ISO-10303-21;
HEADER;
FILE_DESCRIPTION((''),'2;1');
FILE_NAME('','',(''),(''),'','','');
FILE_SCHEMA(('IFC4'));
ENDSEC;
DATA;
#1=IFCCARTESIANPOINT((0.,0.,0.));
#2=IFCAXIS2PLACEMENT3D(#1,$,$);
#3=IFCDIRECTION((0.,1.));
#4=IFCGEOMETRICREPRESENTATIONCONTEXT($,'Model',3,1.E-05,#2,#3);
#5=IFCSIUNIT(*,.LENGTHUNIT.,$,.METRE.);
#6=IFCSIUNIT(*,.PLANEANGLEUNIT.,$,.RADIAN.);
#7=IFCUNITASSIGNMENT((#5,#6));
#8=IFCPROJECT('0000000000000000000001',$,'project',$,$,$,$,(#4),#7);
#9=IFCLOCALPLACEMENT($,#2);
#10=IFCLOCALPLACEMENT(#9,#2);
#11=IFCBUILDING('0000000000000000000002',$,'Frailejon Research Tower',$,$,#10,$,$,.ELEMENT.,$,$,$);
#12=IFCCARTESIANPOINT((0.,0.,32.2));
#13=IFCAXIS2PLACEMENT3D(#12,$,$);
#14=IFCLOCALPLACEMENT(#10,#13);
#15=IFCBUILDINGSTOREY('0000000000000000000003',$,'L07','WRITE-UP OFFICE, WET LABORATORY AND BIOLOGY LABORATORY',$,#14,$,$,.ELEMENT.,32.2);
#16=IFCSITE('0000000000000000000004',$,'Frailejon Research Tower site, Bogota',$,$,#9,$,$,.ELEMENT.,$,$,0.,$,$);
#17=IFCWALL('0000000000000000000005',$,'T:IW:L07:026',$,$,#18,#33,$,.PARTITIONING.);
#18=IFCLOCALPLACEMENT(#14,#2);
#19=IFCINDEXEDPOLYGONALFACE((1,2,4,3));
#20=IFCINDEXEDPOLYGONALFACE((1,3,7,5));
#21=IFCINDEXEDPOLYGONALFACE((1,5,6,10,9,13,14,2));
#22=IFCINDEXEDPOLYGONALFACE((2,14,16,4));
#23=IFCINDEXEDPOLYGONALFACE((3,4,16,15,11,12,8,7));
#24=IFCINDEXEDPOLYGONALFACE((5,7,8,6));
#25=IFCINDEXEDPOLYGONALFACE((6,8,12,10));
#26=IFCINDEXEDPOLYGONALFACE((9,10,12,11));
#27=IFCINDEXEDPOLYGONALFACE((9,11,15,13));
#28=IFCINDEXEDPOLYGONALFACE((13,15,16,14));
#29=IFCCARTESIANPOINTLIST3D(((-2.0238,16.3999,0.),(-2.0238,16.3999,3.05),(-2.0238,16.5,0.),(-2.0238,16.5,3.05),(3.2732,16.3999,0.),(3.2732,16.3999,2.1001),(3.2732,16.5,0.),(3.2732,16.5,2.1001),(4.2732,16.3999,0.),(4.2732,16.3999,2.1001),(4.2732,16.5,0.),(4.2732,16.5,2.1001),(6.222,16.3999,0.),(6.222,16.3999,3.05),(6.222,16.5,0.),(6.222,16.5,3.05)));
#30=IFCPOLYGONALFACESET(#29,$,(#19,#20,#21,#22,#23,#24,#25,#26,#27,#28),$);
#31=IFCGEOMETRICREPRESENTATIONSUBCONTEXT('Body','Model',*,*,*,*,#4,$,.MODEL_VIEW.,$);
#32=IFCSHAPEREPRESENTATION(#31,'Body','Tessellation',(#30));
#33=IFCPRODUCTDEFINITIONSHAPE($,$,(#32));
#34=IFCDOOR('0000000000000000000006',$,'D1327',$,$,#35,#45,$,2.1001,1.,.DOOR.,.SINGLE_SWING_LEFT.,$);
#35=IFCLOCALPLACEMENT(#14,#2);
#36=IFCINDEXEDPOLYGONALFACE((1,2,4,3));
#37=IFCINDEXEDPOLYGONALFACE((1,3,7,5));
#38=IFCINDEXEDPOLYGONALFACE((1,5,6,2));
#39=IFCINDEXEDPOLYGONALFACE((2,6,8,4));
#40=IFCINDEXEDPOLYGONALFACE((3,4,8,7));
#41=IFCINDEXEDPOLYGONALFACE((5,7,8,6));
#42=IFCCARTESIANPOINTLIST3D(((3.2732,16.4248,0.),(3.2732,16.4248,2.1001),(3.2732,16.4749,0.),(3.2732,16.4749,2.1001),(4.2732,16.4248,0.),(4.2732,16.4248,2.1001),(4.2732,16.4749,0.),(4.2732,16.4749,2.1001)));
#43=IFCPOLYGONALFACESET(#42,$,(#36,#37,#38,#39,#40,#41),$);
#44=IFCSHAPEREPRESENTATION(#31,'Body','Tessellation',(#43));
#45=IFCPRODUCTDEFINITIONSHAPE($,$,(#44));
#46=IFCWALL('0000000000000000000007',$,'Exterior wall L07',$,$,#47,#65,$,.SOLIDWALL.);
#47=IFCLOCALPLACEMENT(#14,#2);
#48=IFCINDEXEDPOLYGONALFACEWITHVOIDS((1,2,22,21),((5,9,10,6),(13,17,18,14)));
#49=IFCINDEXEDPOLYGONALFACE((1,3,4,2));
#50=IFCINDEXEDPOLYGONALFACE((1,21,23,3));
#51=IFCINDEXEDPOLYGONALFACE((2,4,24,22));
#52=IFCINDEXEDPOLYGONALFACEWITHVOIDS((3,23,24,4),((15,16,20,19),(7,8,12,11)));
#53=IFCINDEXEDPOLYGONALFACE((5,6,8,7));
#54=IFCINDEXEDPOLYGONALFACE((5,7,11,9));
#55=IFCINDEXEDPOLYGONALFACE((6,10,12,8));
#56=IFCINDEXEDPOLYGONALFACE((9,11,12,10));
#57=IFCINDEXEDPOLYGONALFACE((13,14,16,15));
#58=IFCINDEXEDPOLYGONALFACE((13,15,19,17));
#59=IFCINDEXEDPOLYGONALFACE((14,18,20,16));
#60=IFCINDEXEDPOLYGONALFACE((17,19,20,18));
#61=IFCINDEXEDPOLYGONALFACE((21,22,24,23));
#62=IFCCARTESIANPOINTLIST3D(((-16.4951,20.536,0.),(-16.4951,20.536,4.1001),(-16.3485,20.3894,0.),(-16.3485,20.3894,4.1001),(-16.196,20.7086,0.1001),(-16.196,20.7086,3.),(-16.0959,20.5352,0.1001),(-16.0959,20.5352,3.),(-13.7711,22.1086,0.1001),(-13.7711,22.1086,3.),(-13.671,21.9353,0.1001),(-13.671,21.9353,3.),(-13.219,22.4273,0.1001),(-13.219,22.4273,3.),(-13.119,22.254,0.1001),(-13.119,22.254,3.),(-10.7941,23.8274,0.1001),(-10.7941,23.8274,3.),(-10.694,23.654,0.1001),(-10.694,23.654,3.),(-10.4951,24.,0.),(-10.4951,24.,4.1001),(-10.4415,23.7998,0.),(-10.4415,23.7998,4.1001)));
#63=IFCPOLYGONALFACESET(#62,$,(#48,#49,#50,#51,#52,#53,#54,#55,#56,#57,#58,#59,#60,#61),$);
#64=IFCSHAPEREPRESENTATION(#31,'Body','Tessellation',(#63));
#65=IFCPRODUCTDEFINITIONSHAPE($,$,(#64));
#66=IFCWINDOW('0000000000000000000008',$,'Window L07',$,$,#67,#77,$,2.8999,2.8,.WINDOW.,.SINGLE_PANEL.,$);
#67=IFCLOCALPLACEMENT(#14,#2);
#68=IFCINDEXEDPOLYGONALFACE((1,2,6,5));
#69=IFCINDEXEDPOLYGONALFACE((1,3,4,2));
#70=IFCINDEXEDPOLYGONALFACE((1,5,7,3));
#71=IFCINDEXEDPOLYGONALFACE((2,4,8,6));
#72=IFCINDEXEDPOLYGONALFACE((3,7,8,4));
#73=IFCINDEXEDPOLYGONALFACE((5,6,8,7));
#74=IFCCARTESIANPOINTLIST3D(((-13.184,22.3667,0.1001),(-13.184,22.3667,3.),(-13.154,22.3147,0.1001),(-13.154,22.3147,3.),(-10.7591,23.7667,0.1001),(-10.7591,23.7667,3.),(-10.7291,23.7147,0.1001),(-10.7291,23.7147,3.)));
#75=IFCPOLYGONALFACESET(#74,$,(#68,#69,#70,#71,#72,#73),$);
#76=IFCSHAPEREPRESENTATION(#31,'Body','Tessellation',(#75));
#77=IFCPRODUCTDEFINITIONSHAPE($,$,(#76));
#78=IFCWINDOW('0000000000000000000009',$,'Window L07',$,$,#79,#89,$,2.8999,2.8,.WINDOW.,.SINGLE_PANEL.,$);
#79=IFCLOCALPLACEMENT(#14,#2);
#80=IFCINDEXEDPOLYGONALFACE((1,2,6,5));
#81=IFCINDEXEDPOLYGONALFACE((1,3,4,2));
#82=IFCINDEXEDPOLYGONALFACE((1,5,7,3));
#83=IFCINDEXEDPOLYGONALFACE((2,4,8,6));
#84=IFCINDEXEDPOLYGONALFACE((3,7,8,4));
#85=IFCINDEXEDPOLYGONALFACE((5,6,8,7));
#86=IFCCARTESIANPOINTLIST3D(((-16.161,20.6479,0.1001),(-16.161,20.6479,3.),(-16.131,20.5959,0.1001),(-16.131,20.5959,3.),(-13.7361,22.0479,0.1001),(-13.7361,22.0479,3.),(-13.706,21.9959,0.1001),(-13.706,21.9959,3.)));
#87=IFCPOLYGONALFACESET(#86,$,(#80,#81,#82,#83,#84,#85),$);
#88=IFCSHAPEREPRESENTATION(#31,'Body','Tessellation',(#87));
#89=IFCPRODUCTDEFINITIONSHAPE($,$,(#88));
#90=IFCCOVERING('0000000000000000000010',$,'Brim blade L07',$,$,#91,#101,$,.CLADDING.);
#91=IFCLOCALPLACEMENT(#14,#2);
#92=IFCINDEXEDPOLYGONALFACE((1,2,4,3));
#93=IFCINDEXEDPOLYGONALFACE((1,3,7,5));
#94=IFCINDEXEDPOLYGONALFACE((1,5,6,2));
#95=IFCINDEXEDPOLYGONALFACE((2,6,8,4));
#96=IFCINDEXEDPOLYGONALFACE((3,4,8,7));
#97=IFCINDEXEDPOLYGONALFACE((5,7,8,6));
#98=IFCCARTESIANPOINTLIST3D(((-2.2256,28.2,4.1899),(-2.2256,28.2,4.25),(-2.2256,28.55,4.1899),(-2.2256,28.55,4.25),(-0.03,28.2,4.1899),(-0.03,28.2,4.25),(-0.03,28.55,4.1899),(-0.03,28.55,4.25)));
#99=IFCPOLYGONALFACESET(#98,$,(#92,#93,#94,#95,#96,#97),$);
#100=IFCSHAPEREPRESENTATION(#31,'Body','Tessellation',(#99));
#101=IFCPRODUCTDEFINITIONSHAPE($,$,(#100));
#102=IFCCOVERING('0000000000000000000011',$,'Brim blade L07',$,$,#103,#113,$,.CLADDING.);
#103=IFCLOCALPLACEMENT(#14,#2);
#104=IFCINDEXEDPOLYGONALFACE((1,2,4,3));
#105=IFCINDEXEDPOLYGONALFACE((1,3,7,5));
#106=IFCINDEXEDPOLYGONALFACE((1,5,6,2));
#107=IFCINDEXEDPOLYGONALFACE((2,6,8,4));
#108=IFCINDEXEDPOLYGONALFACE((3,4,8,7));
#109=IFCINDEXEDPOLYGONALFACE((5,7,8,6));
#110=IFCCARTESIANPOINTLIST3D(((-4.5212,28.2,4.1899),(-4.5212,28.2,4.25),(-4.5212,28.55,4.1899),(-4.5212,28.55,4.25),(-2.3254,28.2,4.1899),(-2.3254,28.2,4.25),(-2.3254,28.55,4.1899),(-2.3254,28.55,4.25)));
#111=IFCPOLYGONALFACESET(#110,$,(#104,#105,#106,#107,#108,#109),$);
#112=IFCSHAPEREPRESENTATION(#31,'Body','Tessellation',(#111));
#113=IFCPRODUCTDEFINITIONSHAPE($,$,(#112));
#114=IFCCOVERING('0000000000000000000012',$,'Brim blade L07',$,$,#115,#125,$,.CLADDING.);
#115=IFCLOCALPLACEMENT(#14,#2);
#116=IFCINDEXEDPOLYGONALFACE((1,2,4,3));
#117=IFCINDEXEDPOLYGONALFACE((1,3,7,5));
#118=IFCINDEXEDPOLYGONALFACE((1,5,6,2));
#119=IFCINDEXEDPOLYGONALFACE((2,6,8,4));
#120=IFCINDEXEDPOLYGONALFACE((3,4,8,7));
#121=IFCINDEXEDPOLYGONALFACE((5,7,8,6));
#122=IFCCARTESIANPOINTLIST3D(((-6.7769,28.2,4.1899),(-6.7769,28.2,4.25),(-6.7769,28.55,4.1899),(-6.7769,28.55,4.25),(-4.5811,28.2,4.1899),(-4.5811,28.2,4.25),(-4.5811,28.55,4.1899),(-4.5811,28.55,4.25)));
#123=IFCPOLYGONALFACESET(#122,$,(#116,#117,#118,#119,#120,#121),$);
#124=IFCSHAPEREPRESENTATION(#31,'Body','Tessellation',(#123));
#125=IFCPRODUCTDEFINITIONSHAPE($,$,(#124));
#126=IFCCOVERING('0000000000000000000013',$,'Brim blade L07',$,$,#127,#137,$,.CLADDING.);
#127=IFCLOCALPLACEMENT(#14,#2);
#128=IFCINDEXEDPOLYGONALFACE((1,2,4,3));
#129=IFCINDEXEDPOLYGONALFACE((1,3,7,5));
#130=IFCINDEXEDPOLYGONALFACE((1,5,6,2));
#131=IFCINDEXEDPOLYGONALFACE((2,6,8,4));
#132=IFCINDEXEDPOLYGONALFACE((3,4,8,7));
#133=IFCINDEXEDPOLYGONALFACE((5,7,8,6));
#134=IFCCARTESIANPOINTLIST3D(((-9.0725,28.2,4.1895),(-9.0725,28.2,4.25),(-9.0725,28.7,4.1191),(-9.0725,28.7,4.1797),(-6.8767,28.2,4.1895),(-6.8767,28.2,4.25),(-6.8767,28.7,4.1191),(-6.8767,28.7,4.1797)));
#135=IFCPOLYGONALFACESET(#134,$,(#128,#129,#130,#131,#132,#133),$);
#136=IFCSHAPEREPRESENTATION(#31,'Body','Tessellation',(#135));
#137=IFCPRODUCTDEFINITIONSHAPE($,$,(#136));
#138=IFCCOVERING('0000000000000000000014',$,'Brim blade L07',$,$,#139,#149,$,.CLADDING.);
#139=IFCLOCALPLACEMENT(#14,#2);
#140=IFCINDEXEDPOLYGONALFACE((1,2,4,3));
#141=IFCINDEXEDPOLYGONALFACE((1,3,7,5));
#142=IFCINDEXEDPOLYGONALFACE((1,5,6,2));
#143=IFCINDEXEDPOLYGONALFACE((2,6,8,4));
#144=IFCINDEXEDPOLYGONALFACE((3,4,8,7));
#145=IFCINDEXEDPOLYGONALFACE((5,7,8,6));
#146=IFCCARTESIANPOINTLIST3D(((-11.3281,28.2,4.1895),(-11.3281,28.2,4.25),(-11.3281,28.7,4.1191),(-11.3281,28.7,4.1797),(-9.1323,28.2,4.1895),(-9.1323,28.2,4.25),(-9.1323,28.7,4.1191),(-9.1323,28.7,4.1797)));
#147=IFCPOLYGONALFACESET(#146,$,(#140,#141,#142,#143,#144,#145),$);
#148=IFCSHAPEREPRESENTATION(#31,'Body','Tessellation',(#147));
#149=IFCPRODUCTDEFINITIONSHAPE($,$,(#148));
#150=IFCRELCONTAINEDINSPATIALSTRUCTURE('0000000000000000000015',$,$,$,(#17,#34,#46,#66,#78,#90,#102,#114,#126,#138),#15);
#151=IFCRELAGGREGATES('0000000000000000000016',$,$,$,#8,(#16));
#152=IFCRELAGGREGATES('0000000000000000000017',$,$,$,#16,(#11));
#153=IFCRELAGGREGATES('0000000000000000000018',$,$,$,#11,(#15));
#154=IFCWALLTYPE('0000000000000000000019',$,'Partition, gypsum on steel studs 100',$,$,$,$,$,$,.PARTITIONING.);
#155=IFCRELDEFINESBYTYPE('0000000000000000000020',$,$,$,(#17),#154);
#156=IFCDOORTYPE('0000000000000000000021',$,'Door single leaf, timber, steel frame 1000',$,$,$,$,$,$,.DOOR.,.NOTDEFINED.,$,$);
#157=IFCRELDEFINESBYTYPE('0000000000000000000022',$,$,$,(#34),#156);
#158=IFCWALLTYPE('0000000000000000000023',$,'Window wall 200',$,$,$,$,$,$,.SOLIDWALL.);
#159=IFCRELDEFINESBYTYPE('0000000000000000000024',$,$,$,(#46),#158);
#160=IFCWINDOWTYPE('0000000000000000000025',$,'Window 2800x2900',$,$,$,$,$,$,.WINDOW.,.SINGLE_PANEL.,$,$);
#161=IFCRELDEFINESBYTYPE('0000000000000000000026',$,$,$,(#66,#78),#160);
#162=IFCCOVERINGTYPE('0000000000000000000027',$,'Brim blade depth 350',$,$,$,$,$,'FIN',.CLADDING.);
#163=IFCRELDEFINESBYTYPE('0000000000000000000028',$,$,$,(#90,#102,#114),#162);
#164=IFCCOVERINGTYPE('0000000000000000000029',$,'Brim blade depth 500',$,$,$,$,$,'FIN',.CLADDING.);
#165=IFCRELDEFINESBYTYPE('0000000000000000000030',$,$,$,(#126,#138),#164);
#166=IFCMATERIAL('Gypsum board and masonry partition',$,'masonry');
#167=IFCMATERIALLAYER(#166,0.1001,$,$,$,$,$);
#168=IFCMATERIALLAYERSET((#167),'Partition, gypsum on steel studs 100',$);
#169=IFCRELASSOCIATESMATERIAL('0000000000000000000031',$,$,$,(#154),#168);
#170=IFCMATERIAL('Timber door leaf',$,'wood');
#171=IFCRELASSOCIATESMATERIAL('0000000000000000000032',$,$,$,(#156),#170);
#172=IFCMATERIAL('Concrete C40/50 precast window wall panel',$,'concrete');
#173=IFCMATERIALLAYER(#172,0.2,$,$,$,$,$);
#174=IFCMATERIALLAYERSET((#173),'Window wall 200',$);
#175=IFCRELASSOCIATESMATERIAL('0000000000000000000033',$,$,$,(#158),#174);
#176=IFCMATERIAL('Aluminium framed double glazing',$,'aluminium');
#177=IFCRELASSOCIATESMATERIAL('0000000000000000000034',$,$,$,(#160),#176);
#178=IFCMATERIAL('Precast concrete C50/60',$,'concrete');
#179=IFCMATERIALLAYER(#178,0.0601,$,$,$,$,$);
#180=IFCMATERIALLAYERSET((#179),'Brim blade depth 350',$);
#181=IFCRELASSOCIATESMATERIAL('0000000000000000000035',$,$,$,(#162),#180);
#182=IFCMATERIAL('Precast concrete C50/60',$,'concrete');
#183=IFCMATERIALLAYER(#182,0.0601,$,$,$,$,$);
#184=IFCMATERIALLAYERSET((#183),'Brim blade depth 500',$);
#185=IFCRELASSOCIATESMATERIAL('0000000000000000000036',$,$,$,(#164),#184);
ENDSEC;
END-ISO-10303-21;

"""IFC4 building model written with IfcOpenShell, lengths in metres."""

from ifc_helpers import new_model, si_unit, direction, frame, frame_2d, origin, place, context, subcontext, project, spatial, polyline, rectangle, outline, extrude, material, layer, layer_set, type_object, element, fill, save


model = new_model("IFC4")

# Units and contexts
model_context = context("Model", 3, precision=1e-05, world=origin(), true_north=direction((0.0, 1.0)))
body_context = subcontext(model_context, "Body", "Model", "MODEL_VIEW")
ifc_project = project(units=[si_unit("LENGTHUNIT", "METRE"), si_unit("PLANEANGLEUNIT", "RADIAN")], contexts=[model_context])

# Site, building, storey
site_placement = place(None, origin())
site = spatial("IfcSite", under=ifc_project, at=site_placement, Name="Frailejon Research Tower site, Bogota", CompositionType="ELEMENT", RefElevation=0.0)
building_placement = place(site_placement, origin())
building = spatial("IfcBuilding", under=site, at=building_placement, Name="Frailejon Research Tower", CompositionType="ELEMENT")
storey_placement = place(building_placement, frame((0.0, 0.0, 32.2)))
storey = spatial("IfcBuildingStorey", under=building, at=storey_placement, Name="L07", Description="WRITE-UP OFFICE, WET LABORATORY AND BIOLOGY LABORATORY", CompositionType="ELEMENT", Elevation=32.2)

# Wall, opening, door
ifc_material_1 = material(Name="Gypsum board and masonry partition", Category="masonry")
ifc_layer_1 = layer(ifc_material_1, 0.1001)
ifc_layer_set_1 = layer_set([ifc_layer_1], Name="Partition, gypsum on steel studs 100")
wall_type_1 = type_object("IfcWallType", Name="Partition, gypsum on steel studs 100", PredefinedType="PARTITIONING", material=ifc_layer_set_1)
wall_1_placement = place(storey_placement, frame((-2.0239, 16.45, 0.0), z_axis=(0.0, 0.0, 1.0), x_axis=(1.0, 0.0, 0.0)))
wall_1 = element("IfcWall", 1, at=wall_1_placement, inside=storey, type_object=wall_type_1, Name="T:IW:L07:026", PredefinedType="PARTITIONING", context=body_context, shape_type="SweptSolid", body=[
    extrude(rectangle(XDim=8.2458, YDim=0.1001, at=frame_2d((4.123, 0.0))), origin(), (0.0, 0.0, 1.0), 3.05),
])
opening_1_placement = place(wall_1_placement, frame((5.2971, 0.0, 0.0)))
opening_1 = element("IfcOpeningElement", 2, at=opening_1_placement, cuts=wall_1, PredefinedType="OPENING", context=body_context, shape_type="SweptSolid", body=[
    extrude(rectangle(XDim=1.0, YDim=2.1001, at=frame_2d((0.5, 1.05))), frame((0.0, 0.0601, 0.0), z_axis=(0.0, -1.0, 0.0), x_axis=(1.0, 0.0, 0.0)), (0.0, 0.0, 1.0), 0.1201),
])
ifc_material_2 = material(Name="Timber door leaf", Category="wood")
door_type_1 = type_object("IfcDoorType", Name="Door single leaf, timber, steel frame 1000", OperationType="NOTDEFINED", PredefinedType="DOOR", material=ifc_material_2)
door_1_placement = place(opening_1_placement, origin())
door_1 = element("IfcDoor", 3, at=door_1_placement, inside=storey, type_object=door_type_1, Name="D1327", OperationType="SINGLE_SWING_LEFT", OverallHeight=2.1001, OverallWidth=1.0, PredefinedType="DOOR", context=body_context, shape_type="SweptSolid", body=[
    extrude(rectangle(XDim=1.0, YDim=2.1001, at=frame_2d((0.5, 1.05))), frame((0.0, 0.0249, 0.0), z_axis=(0.0, -1.0, 0.0), x_axis=(1.0, 0.0, 0.0)), (0.0, 0.0, 1.0), 0.05),
])
fill(opening_1, door_1)

# Wall, openings, windows
ifc_material_3 = material(Name="Concrete C40/50 precast window wall panel", Category="concrete")
ifc_layer_2 = layer(ifc_material_3, 0.2)
ifc_layer_set_2 = layer_set([ifc_layer_2], Name="Window wall 200")
wall_type_2 = type_object("IfcWallType", Name="Window wall 200", PredefinedType="SOLIDWALL", material=ifc_layer_set_2)
wall_2_placement = place(storey_placement, frame((-10.4683, 23.8999, 0.0), z_axis=(0.0, 0.0, 1.0), x_axis=(-0.866029, -0.499993, 0.0)))
wall_2 = element("IfcWall", 4, at=wall_2_placement, inside=storey, type_object=wall_type_2, Name="Exterior wall L07", PredefinedType="SOLIDWALL", context=body_context, shape_type="SweptSolid", body=[
    extrude(outline(polyline([(-0.0269, -0.1001), (1.1279, -0.1001), (2.2825, -0.1001), (3.4373, -0.1001), (4.592, -0.1001), (5.7466, -0.1001), (6.9014, -0.1001), (6.8477, 0.1001), (5.7109, 0.1001), (4.574, 0.1001), (3.4373, 0.1001), (2.3005, 0.1001), (1.1636, 0.1001), (0.0269, 0.1001), (-0.0269, -0.1001)])), origin(), (0.0, 0.0, 1.0), 4.1001),
])
opening_2_placement = place(wall_2_placement, frame((0.3186, 0.0, 0.1001)))
opening_2 = element("IfcOpeningElement", 5, at=opening_2_placement, cuts=wall_2, PredefinedType="OPENING", context=body_context, shape_type="SweptSolid", body=[
    extrude(rectangle(XDim=2.8, YDim=2.8999, at=frame_2d((1.3999, 1.45))), frame((0.0, 0.1099, 0.0), z_axis=(0.0, -1.0, 0.0), x_axis=(1.0, 0.0, 0.0)), (0.0, 0.0, 1.0), 0.22),
])
opening_3_placement = place(wall_2_placement, frame((3.7561, 0.0, 0.1001)))
opening_3 = element("IfcOpeningElement", 6, at=opening_3_placement, cuts=wall_2, PredefinedType="OPENING", context=body_context, shape_type="SweptSolid", body=[
    extrude(rectangle(XDim=2.8, YDim=2.8999, at=frame_2d((1.3999, 1.45))), frame((0.0, 0.1099, 0.0), z_axis=(0.0, -1.0, 0.0), x_axis=(1.0, 0.0, 0.0)), (0.0, 0.0, 1.0), 0.22),
])
ifc_material_4 = material(Name="Aluminium framed double glazing", Category="aluminium")
window_type = type_object("IfcWindowType", Name="Window 2800x2900", PartitioningType="SINGLE_PANEL", PredefinedType="WINDOW", material=ifc_material_4)
window_1_placement = place(opening_2_placement, origin())
window_1 = element("IfcWindow", 7, at=window_1_placement, inside=storey, type_object=window_type, Name="Window L07", OverallHeight=2.8999, OverallWidth=2.8, PartitioningType="SINGLE_PANEL", PredefinedType="WINDOW", context=body_context, shape_type="SweptSolid", body=[
    extrude(rectangle(XDim=2.8, YDim=2.8999, at=frame_2d((1.3999, 1.45))), frame((0.0, 0.03, 0.0), z_axis=(0.0, -1.0, 0.0), x_axis=(1.0, 0.0, 0.0)), (0.0, 0.0, 1.0), 0.0601),
])
fill(opening_2, window_1)
window_2_placement = place(opening_3_placement, origin())
window_2 = element("IfcWindow", 8, at=window_2_placement, inside=storey, type_object=window_type, Name="Window L07", OverallHeight=2.8999, OverallWidth=2.8, PartitioningType="SINGLE_PANEL", PredefinedType="WINDOW", context=body_context, shape_type="SweptSolid", body=[
    extrude(rectangle(XDim=2.8, YDim=2.8999, at=frame_2d((1.3999, 1.45))), frame((0.0, 0.03, 0.0), z_axis=(0.0, -1.0, 0.0), x_axis=(1.0, 0.0, 0.0)), (0.0, 0.0, 1.0), 0.0601),
])
fill(opening_3, window_2)

# Coverings
ifc_material_5 = material(Name="Precast concrete C50/60", Category="concrete")
ifc_layer_3 = layer(ifc_material_5, 0.0601)
ifc_layer_set_3 = layer_set([ifc_layer_3], Name="Brim blade depth 350")
covering_type_1 = type_object("IfcCoveringType", Name="Brim blade depth 350", ElementType="FIN", PredefinedType="CLADDING", material=ifc_layer_set_3)
covering_placement = place(storey_placement, frame((-2.2256, 28.2, 4.25), z_axis=(1.0, 0.0, 0.0), x_axis=(0.0, 1.0, 0.0)))
element("IfcCovering", 9, at=covering_placement, inside=storey, type_object=covering_type_1, Name="Brim blade L07", PredefinedType="CLADDING", context=body_context, shape_type="SweptSolid", body=[
    extrude(outline(polyline([(0.0, -0.0601), (0.3501, -0.0601), (0.3501, 0.0), (0.0, 0.0), (0.0, -0.0601)])), origin(), (0.0, 0.0, 1.0), 2.1956),
])
for number, where, z_axis, x_axis, name in (
    (10, (-4.5212, 28.2, 4.25), (1.0, 0.0, 0.0), (0.0, 1.0, 0.0), "Brim blade L07"),
    (11, (-6.7769, 28.2, 4.25), (1.0, 0.0, 0.0), (0.0, 1.0, 0.0), "Brim blade L07"),
):
    element("IfcCovering", number, at=place(storey_placement, frame(where, z_axis=z_axis, x_axis=x_axis)), inside=storey, type_object=covering_type_1, Name=name, PredefinedType="CLADDING", context=body_context, shape_type="SweptSolid", body=[
        extrude(outline(polyline([(0.0, -0.0601), (0.3501, -0.0601), (0.3501, 0.0), (0.0, 0.0), (0.0, -0.0601)])), origin(), (0.0, 0.0, 1.0), 2.1958),
    ])
ifc_material_6 = material(Name="Precast concrete C50/60", Category="concrete")
ifc_layer_4 = layer(ifc_material_6, 0.0601)
ifc_layer_set_4 = layer_set([ifc_layer_4], Name="Brim blade depth 500")
covering_type_2 = type_object("IfcCoveringType", Name="Brim blade depth 500", ElementType="FIN", PredefinedType="CLADDING", material=ifc_layer_set_4)
for number, where, z_axis, x_axis, name in (
    (12, (-9.0725, 28.2, 4.25), (1.0, 0.0, 0.0), (0.0, 1.0, 0.0), "Brim blade L07"),
    (13, (-11.3281, 28.2, 4.25), (1.0, 0.0, 0.0), (0.0, 1.0, 0.0), "Brim blade L07"),
):
    element("IfcCovering", number, at=place(storey_placement, frame(where, z_axis=z_axis, x_axis=x_axis)), inside=storey, type_object=covering_type_2, Name=name, PredefinedType="CLADDING", context=body_context, shape_type="SweptSolid", body=[
        extrude(outline(polyline([(0.0, -0.0605), (0.5, -0.1309), (0.5, -0.0703), (0.0, 0.0), (0.0, -0.0605)])), origin(), (0.0, 0.0, 1.0), 2.1958),
    ])

save(model, "model.ifc")
